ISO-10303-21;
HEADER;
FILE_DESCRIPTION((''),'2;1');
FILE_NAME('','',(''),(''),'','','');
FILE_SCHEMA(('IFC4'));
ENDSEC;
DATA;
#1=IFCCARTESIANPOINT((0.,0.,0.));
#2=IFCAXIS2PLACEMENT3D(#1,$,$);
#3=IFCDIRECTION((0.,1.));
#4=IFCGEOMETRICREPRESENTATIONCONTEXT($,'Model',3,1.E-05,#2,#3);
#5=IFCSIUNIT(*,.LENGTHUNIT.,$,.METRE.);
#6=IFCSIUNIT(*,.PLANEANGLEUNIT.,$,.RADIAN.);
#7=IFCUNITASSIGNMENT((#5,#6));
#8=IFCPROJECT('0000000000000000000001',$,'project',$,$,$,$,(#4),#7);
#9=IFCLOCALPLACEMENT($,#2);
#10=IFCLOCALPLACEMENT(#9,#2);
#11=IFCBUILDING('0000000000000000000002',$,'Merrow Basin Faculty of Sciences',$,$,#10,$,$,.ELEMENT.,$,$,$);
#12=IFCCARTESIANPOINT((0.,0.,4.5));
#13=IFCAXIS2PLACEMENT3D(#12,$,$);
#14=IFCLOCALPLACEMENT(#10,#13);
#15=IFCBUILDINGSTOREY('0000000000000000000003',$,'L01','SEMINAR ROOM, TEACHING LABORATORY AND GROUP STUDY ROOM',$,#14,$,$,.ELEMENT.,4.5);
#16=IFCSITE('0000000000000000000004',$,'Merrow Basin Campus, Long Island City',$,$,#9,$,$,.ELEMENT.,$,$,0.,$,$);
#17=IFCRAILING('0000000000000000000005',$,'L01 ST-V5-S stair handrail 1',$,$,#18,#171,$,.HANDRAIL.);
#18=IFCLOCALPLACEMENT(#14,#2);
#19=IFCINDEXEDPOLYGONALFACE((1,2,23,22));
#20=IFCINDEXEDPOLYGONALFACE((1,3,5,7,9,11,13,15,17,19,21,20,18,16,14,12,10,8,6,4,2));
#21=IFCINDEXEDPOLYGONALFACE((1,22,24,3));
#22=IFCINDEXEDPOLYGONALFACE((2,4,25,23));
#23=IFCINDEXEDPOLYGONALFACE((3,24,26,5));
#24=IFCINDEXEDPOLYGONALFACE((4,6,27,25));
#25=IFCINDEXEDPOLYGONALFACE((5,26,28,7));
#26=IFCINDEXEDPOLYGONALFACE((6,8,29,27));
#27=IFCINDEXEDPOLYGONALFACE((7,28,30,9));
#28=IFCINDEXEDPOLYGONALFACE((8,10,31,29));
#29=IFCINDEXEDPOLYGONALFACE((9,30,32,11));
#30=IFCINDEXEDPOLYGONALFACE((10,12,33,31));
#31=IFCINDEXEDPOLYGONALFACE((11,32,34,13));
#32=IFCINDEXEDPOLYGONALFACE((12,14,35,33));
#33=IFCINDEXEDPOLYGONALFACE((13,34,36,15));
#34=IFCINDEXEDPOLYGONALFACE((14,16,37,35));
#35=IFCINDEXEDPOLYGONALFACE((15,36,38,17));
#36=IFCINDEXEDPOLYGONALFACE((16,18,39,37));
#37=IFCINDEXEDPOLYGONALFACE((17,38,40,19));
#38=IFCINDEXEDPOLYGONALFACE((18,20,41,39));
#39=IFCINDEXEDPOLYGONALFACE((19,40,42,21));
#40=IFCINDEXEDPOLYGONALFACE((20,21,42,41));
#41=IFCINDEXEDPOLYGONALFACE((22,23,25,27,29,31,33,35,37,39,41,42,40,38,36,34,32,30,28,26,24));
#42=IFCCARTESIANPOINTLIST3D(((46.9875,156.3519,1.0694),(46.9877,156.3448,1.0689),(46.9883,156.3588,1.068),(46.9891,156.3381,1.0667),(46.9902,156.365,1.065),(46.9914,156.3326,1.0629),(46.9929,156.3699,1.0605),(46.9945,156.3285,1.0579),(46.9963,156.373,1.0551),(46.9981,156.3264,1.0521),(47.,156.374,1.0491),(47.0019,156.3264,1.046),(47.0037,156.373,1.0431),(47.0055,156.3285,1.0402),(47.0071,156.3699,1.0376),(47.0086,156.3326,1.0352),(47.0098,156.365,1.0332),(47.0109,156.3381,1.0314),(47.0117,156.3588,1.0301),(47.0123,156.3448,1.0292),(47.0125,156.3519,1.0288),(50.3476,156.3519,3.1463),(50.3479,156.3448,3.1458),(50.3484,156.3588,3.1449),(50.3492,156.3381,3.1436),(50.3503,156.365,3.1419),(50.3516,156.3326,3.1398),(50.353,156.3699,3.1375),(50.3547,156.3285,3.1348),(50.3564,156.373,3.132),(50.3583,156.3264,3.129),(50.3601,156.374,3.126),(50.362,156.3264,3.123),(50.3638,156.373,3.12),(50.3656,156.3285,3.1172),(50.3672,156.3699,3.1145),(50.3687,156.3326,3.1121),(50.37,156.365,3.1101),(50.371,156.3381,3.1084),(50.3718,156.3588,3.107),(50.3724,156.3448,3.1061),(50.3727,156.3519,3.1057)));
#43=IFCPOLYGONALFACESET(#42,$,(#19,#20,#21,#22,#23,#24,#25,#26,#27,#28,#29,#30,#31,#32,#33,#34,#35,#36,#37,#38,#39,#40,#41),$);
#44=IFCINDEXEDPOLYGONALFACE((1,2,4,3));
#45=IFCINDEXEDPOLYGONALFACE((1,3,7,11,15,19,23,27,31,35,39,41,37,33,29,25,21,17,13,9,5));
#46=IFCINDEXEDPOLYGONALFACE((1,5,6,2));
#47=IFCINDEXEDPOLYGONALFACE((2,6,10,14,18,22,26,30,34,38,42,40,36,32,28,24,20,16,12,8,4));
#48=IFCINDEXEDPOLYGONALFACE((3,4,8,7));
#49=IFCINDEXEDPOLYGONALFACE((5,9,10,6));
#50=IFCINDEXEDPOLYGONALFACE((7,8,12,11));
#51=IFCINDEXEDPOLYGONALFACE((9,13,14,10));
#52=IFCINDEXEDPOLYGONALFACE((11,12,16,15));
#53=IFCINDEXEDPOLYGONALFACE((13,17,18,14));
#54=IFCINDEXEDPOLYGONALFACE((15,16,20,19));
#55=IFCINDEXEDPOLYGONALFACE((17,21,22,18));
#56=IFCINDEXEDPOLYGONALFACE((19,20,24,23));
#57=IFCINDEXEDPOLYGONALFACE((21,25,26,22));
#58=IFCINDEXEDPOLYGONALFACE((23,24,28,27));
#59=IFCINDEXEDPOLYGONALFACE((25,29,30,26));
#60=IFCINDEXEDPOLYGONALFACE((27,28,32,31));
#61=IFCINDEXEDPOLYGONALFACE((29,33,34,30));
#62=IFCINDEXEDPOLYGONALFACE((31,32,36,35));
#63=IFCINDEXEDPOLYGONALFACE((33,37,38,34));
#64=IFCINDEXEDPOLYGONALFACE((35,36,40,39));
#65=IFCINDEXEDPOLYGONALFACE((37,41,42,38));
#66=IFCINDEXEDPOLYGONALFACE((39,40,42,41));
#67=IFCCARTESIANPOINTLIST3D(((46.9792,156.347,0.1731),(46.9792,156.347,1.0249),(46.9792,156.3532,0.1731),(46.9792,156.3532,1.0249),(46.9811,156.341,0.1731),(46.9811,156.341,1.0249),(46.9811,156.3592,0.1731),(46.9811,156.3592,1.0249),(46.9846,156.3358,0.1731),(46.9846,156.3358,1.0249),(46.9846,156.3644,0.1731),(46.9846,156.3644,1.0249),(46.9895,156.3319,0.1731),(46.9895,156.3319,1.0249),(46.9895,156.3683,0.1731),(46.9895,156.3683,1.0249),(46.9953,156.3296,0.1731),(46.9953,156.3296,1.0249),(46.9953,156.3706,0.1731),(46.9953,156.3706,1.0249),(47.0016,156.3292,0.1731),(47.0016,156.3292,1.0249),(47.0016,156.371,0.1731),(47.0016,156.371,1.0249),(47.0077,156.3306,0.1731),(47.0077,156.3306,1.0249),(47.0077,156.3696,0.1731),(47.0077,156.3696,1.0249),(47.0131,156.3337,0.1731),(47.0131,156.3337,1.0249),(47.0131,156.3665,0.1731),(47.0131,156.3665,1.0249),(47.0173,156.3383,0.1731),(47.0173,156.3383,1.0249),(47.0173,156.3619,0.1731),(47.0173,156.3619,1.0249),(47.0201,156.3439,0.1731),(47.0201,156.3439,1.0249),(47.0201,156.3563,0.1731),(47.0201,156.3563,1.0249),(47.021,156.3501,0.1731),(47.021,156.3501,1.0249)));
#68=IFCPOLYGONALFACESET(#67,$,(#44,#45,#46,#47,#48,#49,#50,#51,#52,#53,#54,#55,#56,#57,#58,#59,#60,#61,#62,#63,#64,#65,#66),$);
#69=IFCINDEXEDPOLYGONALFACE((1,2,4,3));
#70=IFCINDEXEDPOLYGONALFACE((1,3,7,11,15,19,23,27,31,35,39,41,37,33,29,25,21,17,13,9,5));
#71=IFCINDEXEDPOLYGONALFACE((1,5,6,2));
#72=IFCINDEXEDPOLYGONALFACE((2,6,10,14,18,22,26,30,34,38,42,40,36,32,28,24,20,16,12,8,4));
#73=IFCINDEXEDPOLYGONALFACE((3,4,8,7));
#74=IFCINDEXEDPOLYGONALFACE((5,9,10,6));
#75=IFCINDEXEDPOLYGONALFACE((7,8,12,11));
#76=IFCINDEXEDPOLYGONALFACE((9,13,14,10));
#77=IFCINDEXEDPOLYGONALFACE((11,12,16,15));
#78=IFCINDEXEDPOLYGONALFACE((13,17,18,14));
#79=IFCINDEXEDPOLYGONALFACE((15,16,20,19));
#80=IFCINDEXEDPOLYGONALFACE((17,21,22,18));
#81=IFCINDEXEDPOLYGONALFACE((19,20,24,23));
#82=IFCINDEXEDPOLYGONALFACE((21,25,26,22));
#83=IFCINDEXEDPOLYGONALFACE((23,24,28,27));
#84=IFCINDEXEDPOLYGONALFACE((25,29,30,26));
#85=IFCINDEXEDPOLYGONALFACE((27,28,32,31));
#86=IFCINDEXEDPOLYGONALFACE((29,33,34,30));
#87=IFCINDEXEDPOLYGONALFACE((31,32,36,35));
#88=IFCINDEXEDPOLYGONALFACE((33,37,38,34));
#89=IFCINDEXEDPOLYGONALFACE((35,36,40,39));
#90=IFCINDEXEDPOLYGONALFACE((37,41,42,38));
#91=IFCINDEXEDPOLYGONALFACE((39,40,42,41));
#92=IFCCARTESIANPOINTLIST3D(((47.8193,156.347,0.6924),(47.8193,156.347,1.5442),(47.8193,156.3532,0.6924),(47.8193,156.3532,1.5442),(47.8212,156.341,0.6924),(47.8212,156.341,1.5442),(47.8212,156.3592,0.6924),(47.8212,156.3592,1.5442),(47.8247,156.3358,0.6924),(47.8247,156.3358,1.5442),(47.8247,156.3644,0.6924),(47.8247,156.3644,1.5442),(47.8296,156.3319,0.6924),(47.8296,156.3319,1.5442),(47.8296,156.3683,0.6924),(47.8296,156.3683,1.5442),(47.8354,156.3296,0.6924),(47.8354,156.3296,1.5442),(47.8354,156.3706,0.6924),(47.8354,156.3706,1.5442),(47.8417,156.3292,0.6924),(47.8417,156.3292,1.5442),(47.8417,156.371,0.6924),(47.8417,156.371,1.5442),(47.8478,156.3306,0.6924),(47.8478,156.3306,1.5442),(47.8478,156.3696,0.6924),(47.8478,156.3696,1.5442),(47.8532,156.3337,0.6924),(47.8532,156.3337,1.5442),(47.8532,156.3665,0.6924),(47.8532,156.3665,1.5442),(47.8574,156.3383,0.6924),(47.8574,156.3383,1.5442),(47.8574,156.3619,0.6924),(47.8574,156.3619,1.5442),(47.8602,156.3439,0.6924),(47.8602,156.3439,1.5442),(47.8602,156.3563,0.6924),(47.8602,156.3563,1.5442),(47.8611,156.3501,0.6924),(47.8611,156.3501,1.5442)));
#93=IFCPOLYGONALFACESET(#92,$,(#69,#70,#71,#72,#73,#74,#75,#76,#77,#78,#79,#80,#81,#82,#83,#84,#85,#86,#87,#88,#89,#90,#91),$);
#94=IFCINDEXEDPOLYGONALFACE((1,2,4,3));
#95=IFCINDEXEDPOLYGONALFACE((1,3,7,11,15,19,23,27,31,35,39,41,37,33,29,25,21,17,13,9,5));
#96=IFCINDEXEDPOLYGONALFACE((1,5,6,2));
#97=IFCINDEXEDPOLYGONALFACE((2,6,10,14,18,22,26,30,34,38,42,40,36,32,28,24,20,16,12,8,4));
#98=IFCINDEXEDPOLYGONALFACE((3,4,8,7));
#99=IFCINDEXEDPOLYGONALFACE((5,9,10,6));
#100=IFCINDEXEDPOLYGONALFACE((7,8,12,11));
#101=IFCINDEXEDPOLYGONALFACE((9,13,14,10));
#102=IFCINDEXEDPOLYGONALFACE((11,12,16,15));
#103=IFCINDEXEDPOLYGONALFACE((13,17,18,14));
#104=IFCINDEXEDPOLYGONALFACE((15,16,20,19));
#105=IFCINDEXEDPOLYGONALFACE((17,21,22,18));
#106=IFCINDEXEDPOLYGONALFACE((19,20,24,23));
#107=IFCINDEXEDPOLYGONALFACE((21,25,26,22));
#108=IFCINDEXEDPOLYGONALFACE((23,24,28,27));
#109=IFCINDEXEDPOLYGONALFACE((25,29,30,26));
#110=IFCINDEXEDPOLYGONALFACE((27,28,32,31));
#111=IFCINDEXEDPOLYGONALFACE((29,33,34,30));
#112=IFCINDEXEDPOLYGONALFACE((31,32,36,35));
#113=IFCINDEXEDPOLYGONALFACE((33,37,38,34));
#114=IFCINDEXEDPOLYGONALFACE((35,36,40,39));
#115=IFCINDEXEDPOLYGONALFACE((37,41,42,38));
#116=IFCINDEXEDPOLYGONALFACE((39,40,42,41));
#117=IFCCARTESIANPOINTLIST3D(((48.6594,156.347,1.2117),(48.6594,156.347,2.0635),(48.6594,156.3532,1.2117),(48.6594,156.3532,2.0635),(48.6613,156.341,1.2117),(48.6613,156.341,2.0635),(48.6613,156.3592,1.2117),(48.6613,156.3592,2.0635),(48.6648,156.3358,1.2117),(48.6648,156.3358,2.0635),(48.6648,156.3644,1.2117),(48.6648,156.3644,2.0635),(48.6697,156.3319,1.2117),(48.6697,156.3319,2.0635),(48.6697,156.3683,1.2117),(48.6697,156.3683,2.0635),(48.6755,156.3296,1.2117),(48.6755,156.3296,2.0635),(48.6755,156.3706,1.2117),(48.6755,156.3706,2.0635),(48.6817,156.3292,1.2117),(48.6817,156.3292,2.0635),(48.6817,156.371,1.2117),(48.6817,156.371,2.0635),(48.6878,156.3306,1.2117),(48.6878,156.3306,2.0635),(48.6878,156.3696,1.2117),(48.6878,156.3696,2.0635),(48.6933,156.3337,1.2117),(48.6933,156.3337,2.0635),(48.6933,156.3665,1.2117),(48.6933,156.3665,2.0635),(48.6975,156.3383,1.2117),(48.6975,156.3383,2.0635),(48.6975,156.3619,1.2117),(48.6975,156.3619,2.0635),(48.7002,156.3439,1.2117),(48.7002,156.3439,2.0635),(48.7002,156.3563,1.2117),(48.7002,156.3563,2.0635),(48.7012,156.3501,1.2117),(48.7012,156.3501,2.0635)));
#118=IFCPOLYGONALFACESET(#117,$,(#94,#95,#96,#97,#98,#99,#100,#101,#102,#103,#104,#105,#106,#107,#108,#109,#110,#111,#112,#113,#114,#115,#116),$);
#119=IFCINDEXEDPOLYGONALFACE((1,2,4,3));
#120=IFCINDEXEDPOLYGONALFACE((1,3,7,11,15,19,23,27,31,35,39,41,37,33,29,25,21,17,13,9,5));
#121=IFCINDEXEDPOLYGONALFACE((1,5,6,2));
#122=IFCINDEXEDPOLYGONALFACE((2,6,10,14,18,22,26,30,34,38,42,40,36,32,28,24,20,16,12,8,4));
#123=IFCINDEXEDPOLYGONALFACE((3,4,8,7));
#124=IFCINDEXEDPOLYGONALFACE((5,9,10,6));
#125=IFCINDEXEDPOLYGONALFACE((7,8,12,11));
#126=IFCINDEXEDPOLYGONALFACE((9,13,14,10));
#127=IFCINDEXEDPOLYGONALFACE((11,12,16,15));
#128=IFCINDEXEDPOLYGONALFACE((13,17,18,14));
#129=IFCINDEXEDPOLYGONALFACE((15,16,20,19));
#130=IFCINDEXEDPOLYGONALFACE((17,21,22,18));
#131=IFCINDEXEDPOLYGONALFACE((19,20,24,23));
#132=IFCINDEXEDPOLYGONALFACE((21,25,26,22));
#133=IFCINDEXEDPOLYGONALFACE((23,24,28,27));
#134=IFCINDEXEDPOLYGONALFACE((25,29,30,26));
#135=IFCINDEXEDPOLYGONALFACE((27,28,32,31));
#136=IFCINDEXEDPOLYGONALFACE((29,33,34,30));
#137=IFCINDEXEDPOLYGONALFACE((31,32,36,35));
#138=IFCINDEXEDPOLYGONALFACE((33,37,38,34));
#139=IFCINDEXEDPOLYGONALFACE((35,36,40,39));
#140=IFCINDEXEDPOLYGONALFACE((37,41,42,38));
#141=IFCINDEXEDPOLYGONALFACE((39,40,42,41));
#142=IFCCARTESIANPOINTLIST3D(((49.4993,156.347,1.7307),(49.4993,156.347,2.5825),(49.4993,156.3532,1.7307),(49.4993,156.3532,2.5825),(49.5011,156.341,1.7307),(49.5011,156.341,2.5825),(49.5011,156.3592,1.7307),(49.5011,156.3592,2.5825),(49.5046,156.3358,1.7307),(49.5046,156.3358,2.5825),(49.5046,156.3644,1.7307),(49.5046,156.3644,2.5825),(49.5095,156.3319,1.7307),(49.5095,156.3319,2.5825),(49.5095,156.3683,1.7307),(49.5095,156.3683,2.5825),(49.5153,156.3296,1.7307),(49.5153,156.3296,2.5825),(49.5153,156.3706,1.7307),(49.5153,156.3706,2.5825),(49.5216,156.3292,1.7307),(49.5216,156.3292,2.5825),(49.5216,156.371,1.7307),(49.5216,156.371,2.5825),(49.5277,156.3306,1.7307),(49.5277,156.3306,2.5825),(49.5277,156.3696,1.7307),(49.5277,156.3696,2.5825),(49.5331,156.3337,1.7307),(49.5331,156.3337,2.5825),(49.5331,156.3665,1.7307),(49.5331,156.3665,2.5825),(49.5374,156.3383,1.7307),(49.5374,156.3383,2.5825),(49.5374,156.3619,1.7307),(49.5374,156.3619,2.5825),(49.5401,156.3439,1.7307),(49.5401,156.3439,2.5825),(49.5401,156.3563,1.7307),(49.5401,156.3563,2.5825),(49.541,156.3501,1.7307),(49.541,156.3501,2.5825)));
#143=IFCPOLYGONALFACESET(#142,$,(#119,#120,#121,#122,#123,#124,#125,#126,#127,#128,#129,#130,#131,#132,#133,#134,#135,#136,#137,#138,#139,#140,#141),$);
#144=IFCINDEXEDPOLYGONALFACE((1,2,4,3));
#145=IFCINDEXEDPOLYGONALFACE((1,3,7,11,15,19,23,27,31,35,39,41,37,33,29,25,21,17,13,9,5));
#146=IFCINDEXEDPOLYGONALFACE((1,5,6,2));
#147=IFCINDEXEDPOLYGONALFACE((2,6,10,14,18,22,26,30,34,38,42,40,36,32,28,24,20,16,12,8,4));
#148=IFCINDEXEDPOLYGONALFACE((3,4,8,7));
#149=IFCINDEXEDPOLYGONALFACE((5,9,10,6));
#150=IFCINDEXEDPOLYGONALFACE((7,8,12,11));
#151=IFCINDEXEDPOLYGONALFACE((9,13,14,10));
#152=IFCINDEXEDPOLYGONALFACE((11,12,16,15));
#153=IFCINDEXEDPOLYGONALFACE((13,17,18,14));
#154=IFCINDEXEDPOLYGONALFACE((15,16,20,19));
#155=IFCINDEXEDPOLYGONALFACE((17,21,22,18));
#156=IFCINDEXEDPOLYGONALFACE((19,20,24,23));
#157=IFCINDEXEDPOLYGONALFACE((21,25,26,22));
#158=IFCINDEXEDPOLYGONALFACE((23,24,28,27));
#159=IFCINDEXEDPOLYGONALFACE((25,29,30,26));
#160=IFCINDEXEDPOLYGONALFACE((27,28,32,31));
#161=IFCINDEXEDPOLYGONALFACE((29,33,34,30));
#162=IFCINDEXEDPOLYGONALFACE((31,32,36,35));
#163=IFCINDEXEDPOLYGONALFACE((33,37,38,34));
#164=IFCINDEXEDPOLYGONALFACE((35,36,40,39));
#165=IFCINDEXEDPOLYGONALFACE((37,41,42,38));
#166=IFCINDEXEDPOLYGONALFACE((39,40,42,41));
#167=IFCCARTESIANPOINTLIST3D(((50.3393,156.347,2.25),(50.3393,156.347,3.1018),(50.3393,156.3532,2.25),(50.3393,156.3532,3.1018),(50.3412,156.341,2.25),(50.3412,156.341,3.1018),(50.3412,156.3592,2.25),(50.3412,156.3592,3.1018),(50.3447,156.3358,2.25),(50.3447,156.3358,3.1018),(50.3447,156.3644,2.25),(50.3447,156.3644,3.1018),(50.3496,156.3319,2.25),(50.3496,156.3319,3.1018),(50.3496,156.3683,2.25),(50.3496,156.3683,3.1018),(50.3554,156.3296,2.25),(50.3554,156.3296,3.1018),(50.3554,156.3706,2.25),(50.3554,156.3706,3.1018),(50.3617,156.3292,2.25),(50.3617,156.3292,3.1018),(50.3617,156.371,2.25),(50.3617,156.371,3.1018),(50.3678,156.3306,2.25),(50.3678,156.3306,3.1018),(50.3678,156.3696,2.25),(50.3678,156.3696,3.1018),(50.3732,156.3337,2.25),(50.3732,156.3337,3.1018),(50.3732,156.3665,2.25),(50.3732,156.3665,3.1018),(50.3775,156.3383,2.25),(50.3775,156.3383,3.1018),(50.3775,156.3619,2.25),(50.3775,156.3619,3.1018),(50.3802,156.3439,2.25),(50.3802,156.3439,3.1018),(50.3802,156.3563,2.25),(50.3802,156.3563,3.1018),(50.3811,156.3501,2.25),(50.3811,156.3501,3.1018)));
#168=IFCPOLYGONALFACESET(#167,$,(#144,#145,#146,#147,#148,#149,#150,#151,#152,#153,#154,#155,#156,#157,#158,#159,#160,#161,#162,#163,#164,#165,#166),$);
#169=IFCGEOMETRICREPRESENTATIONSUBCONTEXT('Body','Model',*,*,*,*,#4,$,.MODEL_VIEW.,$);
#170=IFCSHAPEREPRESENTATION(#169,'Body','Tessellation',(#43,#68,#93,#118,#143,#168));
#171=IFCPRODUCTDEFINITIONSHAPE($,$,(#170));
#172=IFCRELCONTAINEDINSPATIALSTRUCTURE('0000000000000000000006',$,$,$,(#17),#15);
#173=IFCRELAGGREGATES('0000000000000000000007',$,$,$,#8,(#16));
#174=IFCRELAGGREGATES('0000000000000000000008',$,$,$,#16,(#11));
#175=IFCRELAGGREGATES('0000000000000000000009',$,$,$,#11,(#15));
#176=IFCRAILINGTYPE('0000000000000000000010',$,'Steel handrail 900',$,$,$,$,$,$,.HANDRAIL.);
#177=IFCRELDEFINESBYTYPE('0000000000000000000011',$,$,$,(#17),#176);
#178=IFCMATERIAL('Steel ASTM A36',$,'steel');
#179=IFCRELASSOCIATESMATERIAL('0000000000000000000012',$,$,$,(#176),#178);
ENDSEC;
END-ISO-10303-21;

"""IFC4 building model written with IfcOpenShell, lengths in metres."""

from ifc_helpers import new_model, si_unit, direction, frame, origin, origin_2d, place, context, subcontext, project, spatial, circle, extrude, material, type_object, element, save


model = new_model("IFC4")

# Units and contexts
model_context = context("Model", 3, precision=1e-05, world=origin(), true_north=direction((0.0, 1.0)))
body_context = subcontext(model_context, "Body", "Model", "MODEL_VIEW")
ifc_project = project(units=[si_unit("LENGTHUNIT", "METRE"), si_unit("PLANEANGLEUNIT", "RADIAN")], contexts=[model_context])

# Site, building, storey
site_placement = place(None, origin())
site = spatial("IfcSite", under=ifc_project, at=site_placement, Name="Merrow Basin Campus, Long Island City", CompositionType="ELEMENT", RefElevation=0.0)
building_placement = place(site_placement, origin())
building = spatial("IfcBuilding", under=site, at=building_placement, Name="Merrow Basin Faculty of Sciences", CompositionType="ELEMENT")
storey_placement = place(building_placement, frame((0.0, 0.0, 4.5)))
storey = spatial("IfcBuildingStorey", under=building, at=storey_placement, Name="L01", Description="SEMINAR ROOM, TEACHING LABORATORY AND GROUP STUDY ROOM", CompositionType="ELEMENT", Elevation=4.5)

# Railing
ifc_material_1 = material(Name="Steel ASTM A36", Category="steel")
railing_type_1 = type_object("IfcRailingType", Name="Steel handrail 900", PredefinedType="HANDRAIL", material=ifc_material_1)
railing_1_placement = place(storey_placement, frame((47.0, 156.3501, 0.1731)))
element("IfcRailing", 1, at=railing_1_placement, inside=storey, type_object=railing_type_1, Name="L01 ST-V5-S stair handrail 1", PredefinedType="HANDRAIL", context=body_context, shape_type="SweptSolid", body=[
    extrude(circle(Radius=0.0239, at=origin_2d()), frame((0.0, 0.0, 0.876), z_axis=(0.850623, 0.0, 0.525776), x_axis=(0.0, 1.0, 0.0)), (0.0, 0.0, 1.0), 3.9502),
    extrude(circle(Radius=0.021, at=origin_2d()), origin(), (0.0, 0.0, 1.0), 0.8518),
    extrude(circle(Radius=0.021, at=origin_2d()), frame((0.8401, 0.0, 0.5193)), (0.0, 0.0, 1.0), 0.8518),
    extrude(circle(Radius=0.021, at=origin_2d()), frame((1.6802, 0.0, 1.0386)), (0.0, 0.0, 1.0), 0.8518),
    extrude(circle(Radius=0.021, at=origin_2d()), frame((2.52, 0.0, 1.5576)), (0.0, 0.0, 1.0), 0.8518),
    extrude(circle(Radius=0.021, at=origin_2d()), frame((3.3601, 0.0, 2.0769)), (0.0, 0.0, 1.0), 0.8518),
])

save(model, "model.ifc")
